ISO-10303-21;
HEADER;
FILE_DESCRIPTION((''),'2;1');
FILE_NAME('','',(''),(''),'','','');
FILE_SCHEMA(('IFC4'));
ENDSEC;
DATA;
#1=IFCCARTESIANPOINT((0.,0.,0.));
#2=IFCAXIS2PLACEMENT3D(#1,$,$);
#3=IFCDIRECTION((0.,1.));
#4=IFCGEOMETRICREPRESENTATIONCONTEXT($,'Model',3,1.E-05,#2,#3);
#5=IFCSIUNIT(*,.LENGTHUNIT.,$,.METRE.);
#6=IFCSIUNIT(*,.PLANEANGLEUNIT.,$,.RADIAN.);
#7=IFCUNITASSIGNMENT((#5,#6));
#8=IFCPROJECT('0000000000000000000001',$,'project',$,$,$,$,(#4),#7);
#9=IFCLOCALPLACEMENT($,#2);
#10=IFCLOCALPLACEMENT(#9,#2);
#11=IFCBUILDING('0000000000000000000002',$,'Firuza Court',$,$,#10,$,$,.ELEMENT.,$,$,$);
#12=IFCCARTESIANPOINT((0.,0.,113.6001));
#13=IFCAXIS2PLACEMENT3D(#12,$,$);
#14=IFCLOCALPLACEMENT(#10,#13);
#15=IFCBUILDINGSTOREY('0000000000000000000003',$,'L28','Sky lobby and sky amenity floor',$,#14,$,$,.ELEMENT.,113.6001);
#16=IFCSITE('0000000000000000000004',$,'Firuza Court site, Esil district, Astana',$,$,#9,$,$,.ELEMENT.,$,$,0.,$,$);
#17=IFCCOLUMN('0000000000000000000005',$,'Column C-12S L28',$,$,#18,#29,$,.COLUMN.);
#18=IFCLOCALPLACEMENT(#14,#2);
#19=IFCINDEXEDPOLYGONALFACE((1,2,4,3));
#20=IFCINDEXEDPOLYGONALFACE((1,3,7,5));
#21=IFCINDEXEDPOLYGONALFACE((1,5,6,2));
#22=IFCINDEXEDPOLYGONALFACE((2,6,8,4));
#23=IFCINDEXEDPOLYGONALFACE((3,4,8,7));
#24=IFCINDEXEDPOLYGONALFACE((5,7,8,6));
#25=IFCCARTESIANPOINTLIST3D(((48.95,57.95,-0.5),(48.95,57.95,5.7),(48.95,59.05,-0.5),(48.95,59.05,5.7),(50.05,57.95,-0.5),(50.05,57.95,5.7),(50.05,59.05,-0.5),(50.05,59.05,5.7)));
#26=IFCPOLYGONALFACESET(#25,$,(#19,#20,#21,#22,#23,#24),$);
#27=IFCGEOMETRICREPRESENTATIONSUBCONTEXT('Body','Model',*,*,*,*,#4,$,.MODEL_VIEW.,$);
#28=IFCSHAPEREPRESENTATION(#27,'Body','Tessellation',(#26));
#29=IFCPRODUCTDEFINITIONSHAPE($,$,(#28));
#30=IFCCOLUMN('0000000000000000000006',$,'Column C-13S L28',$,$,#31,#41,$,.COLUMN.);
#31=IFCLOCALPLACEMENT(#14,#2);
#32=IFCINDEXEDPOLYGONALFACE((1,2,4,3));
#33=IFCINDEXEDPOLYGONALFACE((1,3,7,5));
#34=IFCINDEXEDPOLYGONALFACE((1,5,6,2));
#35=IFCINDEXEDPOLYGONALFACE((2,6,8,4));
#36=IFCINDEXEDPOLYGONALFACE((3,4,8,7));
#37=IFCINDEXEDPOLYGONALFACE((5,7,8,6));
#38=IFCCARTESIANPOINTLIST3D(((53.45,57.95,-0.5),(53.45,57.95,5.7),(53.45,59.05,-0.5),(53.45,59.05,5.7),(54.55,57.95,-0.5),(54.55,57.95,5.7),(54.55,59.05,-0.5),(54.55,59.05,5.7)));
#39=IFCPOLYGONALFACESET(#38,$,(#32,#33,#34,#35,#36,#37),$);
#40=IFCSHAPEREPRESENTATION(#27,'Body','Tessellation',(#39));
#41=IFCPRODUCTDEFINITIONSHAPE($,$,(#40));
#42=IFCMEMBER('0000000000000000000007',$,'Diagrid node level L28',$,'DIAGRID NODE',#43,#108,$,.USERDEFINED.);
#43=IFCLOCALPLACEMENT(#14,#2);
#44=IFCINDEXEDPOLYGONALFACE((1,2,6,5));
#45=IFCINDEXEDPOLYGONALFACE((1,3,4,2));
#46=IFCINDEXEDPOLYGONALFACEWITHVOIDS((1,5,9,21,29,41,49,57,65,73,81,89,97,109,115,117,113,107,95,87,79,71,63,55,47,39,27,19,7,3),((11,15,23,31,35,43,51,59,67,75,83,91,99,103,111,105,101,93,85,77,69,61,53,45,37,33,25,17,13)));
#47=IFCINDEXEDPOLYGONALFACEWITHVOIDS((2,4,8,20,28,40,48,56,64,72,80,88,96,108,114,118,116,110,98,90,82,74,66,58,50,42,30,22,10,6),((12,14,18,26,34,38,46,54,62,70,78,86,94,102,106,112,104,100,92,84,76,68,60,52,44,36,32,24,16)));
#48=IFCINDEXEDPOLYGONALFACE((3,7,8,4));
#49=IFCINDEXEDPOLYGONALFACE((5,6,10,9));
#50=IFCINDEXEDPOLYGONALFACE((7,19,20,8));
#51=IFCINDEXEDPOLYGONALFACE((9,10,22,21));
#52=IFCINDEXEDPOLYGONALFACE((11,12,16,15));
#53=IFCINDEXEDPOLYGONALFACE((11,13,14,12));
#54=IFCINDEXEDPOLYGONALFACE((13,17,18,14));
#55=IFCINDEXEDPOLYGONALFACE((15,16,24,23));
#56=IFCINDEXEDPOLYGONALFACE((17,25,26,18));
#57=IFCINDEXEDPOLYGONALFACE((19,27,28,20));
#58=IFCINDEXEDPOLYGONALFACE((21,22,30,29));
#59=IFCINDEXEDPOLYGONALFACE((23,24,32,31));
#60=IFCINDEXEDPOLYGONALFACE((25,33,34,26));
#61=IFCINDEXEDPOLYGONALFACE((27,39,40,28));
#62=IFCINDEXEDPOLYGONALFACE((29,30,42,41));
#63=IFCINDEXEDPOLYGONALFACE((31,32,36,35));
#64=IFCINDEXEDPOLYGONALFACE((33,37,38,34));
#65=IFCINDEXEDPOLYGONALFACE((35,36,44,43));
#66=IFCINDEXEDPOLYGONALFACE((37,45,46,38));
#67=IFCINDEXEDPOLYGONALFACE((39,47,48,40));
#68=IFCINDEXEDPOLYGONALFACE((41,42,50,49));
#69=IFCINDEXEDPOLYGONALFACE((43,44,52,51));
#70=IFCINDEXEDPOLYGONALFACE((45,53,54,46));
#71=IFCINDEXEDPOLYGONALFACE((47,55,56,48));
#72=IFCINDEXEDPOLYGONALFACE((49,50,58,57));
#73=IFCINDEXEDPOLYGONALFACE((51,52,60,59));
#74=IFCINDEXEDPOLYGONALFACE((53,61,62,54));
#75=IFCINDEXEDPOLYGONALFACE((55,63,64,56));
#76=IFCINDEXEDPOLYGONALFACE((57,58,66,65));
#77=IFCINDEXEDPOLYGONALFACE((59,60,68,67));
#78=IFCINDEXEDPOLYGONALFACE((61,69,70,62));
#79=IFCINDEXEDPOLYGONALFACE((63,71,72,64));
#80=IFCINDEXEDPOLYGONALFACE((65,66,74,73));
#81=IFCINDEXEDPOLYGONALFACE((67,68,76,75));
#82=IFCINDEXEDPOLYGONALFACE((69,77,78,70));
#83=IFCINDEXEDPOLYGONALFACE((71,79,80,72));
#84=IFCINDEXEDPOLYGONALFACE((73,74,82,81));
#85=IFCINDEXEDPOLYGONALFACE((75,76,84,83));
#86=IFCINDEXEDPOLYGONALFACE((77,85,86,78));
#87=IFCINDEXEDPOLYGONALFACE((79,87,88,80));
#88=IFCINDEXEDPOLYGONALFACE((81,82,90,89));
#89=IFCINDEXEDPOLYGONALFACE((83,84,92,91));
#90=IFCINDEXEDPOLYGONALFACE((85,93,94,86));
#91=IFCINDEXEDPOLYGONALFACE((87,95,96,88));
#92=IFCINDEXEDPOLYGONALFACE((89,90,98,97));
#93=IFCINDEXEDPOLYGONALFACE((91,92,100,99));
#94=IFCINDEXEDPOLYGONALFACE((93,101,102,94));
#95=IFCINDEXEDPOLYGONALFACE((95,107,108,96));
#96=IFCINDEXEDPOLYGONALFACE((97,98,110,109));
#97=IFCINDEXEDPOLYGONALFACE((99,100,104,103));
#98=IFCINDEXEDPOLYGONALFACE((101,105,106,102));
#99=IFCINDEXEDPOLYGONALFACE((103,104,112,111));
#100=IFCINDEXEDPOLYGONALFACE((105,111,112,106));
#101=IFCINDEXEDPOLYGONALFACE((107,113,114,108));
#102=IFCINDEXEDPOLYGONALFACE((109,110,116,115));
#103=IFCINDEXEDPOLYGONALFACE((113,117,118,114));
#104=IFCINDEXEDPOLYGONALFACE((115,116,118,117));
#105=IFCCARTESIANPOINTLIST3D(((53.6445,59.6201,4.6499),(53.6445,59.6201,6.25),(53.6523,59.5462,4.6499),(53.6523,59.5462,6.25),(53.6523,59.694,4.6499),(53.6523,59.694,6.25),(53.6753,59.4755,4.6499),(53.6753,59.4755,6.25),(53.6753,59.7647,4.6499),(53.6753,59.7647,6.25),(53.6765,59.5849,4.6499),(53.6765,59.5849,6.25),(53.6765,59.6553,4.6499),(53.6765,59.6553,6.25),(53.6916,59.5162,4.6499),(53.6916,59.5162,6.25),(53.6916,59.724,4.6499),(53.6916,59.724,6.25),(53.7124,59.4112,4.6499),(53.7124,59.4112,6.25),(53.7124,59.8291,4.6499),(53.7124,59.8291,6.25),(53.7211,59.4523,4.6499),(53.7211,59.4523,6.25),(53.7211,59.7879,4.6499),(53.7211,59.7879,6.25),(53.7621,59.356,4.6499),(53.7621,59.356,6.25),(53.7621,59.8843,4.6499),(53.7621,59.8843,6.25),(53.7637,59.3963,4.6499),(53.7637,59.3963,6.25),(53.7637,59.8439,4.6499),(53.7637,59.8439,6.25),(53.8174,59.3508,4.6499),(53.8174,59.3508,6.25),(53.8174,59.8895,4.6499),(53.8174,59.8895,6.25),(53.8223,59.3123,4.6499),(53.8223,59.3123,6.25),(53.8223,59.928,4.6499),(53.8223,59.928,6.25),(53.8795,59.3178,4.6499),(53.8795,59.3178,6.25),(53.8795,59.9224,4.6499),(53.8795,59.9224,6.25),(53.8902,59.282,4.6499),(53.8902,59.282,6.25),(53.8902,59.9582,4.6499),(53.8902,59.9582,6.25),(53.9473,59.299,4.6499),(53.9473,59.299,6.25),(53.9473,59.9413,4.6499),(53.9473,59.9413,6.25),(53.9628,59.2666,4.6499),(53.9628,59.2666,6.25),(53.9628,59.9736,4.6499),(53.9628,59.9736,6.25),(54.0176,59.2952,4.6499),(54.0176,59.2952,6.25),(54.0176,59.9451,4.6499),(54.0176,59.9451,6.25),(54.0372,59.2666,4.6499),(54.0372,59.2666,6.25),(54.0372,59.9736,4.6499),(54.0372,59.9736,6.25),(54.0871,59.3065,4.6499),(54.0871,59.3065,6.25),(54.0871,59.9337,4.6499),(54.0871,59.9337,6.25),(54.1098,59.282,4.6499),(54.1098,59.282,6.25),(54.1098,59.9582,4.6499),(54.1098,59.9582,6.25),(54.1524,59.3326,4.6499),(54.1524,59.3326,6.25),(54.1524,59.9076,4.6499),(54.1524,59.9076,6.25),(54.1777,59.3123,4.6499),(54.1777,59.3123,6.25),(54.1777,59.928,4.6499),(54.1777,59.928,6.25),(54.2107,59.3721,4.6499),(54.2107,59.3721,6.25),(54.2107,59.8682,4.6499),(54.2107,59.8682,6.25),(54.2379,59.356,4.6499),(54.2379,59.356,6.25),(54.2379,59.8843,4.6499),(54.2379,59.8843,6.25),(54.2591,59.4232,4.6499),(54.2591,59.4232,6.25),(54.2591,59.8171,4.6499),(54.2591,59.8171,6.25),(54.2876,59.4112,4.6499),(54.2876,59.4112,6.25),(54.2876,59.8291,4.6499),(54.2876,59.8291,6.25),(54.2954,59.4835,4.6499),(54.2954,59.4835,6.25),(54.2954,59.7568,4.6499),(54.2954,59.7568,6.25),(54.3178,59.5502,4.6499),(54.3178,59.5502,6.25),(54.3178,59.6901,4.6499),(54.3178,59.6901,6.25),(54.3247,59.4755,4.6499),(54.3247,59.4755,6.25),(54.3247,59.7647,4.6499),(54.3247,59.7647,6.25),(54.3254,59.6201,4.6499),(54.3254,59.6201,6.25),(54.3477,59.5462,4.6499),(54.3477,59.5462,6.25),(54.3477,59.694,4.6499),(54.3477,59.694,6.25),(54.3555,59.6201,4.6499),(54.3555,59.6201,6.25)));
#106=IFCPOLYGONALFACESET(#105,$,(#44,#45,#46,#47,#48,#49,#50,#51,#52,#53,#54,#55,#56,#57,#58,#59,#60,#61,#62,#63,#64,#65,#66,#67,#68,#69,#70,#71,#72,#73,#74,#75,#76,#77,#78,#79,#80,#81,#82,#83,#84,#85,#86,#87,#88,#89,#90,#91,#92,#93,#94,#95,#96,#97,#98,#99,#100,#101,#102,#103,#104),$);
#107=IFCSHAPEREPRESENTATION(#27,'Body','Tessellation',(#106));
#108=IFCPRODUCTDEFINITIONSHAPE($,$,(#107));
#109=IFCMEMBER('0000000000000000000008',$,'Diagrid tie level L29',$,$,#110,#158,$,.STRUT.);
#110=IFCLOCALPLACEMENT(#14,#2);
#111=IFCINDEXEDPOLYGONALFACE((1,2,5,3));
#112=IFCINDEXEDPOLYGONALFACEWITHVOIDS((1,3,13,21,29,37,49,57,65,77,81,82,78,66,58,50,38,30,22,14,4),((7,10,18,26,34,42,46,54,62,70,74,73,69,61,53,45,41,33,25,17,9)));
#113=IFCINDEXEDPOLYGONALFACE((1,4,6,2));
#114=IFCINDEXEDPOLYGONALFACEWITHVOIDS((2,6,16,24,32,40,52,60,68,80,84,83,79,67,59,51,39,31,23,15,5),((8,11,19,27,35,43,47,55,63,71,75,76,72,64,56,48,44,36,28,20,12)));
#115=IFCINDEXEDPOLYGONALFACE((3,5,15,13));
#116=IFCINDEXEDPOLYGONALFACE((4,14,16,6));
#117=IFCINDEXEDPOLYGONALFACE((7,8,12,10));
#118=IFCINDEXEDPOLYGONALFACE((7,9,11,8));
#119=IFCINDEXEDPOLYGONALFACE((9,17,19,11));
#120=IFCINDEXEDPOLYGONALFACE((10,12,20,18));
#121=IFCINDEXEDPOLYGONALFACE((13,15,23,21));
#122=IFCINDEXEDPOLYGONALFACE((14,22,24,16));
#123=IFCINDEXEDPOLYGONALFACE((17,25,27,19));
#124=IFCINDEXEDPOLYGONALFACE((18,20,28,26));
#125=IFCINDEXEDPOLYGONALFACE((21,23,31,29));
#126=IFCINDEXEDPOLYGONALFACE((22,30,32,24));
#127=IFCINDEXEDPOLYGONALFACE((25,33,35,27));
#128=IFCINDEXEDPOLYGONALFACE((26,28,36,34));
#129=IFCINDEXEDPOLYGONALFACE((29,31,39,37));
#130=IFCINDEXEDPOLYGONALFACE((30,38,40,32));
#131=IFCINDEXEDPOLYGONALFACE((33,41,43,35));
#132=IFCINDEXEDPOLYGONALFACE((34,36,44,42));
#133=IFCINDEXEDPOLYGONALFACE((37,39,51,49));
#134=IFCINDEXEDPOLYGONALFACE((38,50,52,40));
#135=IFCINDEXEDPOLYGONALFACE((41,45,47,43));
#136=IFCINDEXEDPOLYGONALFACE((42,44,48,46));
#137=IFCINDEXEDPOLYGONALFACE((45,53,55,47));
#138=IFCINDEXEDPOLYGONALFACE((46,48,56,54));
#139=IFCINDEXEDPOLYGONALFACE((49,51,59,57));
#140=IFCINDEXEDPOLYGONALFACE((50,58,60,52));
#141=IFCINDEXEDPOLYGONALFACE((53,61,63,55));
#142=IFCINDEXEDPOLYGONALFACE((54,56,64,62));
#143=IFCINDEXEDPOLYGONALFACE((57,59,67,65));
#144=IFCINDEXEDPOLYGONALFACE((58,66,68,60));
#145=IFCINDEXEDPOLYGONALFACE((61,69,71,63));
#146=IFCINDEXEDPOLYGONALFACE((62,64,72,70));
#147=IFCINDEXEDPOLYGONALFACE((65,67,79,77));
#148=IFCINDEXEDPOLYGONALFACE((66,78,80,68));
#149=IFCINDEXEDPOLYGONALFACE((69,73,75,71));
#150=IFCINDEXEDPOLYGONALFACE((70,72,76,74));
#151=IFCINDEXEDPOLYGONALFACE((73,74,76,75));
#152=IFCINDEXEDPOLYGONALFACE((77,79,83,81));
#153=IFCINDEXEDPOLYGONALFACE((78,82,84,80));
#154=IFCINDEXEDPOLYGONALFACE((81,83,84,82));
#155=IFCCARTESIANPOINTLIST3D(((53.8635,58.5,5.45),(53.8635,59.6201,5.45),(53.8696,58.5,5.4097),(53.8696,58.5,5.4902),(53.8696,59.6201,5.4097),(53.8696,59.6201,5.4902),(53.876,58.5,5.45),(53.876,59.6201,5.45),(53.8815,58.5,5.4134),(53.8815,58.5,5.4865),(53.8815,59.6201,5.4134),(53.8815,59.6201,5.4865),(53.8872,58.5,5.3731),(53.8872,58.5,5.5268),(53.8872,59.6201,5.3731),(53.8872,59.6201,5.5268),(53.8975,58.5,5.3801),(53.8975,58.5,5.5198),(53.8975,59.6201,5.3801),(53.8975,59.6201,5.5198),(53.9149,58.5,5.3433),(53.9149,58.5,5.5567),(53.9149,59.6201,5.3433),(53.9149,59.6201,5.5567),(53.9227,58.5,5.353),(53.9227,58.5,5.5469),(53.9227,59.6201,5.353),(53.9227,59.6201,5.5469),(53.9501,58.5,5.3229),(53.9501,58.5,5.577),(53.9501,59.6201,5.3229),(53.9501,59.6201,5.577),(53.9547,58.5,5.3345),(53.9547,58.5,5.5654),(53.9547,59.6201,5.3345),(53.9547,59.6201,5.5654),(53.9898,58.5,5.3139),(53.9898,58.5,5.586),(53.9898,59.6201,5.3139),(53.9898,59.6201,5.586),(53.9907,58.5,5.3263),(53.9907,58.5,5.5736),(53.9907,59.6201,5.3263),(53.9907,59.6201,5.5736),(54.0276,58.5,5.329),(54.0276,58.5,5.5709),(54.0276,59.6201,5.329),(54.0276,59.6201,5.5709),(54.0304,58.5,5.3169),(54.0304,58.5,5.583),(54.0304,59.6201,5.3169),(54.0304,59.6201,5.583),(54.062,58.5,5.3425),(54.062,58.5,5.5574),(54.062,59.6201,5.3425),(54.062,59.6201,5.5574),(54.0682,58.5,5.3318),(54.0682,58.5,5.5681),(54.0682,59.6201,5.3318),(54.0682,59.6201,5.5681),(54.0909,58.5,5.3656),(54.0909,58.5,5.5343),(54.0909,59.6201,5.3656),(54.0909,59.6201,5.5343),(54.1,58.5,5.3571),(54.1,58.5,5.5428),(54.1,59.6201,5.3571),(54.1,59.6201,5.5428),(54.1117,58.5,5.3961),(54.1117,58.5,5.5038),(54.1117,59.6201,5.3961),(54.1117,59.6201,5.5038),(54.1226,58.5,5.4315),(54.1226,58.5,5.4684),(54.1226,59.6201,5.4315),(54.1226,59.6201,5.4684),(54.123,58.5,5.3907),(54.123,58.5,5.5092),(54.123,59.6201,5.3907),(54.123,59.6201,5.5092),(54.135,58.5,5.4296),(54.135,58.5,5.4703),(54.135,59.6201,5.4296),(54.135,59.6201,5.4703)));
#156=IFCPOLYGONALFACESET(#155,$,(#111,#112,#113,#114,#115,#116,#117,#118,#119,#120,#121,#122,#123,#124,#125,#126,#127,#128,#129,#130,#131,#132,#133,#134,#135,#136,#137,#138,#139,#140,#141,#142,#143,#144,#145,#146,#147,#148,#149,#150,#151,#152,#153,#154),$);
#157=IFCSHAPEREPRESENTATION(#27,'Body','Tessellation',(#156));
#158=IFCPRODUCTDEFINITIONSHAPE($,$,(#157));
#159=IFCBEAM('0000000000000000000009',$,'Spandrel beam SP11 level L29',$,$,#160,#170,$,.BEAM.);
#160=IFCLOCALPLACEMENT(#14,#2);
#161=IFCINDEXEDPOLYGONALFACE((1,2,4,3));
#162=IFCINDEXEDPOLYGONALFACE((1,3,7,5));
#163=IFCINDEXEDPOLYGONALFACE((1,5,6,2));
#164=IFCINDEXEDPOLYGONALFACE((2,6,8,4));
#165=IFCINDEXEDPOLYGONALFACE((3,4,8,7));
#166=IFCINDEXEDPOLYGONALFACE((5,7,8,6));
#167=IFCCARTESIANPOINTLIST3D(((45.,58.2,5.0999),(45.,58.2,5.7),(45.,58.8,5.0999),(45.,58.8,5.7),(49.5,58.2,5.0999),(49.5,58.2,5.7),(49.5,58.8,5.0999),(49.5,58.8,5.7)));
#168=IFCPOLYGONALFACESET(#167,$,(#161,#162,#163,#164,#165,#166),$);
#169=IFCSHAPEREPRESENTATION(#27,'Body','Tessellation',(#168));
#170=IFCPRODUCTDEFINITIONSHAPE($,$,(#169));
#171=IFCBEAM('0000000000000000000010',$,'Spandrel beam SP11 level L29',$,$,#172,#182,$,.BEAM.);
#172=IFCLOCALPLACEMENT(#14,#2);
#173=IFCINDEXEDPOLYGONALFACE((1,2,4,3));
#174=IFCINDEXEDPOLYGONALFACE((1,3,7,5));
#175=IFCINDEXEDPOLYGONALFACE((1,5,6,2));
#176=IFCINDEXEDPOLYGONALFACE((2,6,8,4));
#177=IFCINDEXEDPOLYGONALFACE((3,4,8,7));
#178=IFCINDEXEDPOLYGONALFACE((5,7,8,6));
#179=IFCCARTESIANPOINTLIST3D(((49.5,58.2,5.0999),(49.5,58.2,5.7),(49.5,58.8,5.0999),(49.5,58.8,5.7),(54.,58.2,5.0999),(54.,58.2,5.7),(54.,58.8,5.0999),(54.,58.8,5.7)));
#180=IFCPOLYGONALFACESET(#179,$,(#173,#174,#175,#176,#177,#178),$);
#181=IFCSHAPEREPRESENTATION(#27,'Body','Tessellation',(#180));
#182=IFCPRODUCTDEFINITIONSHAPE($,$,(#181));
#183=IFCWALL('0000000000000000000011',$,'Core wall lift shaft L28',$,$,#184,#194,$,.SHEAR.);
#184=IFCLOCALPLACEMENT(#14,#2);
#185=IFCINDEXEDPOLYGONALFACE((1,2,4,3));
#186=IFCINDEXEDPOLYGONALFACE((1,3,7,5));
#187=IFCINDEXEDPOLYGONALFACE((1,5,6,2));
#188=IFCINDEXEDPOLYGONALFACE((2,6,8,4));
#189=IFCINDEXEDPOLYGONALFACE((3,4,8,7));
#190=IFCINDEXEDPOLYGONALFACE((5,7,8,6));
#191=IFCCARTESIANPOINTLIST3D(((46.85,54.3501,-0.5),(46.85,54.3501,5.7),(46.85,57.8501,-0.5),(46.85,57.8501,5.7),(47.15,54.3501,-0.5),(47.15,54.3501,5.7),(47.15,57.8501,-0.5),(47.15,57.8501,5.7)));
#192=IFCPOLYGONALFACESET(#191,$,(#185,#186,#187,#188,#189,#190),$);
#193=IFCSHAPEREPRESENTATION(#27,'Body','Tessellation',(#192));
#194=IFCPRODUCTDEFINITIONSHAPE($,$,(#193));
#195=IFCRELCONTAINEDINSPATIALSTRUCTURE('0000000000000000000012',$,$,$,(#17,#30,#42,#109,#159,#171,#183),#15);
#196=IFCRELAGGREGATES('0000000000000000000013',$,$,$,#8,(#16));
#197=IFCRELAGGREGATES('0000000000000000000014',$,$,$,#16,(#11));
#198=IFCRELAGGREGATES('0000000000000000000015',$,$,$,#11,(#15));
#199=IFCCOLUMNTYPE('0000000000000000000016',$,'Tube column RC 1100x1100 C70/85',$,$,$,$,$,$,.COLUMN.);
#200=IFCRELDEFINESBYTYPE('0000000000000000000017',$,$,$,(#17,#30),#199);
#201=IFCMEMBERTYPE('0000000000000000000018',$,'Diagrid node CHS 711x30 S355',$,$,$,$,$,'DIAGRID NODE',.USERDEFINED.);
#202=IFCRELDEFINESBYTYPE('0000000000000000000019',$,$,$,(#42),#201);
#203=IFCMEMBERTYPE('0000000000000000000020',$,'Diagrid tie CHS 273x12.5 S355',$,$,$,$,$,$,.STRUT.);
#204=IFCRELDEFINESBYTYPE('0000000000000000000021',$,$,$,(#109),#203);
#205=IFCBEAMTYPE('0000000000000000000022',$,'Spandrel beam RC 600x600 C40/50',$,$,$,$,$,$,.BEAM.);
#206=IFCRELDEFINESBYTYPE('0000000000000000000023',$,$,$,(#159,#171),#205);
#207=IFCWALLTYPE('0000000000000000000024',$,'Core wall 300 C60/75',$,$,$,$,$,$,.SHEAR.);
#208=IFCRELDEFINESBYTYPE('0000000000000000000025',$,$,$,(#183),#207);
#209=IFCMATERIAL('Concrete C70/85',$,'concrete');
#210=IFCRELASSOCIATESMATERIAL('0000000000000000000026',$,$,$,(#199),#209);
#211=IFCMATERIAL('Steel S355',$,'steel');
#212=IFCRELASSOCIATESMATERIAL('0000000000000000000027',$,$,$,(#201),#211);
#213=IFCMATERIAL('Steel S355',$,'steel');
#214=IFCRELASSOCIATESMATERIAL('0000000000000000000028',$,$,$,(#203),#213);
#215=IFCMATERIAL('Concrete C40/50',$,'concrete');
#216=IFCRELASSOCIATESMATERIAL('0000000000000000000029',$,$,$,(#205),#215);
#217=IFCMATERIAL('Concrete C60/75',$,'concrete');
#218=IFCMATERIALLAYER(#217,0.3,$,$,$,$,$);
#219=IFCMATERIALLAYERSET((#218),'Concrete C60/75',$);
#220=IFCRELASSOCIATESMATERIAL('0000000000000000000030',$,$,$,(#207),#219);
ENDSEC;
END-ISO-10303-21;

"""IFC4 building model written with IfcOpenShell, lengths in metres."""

from ifc_helpers import new_model, si_unit, direction, frame, frame_2d, origin, origin_2d, place, context, subcontext, project, spatial, rectangle, hollow_circle, extrude, material, layer, layer_set, material_profile, profile_set, type_object, element, save


model = new_model("IFC4")

# Units and contexts
model_context = context("Model", 3, precision=1e-05, world=origin(), true_north=direction((0.0, 1.0)))
body_context = subcontext(model_context, "Body", "Model", "MODEL_VIEW")
ifc_project = project(units=[si_unit("LENGTHUNIT", "METRE"), si_unit("PLANEANGLEUNIT", "RADIAN")], contexts=[model_context])

# Site, building, storey
site_placement = place(None, origin())
site = spatial("IfcSite", under=ifc_project, at=site_placement, Name="Firuza Court site, Esil district, Astana", CompositionType="ELEMENT", RefElevation=0.0)
building_placement = place(site_placement, origin())
building = spatial("IfcBuilding", under=site, at=building_placement, Name="Firuza Court", CompositionType="ELEMENT")
storey_placement = place(building_placement, frame((0.0, 0.0, 113.6001)))
storey = spatial("IfcBuildingStorey", under=building, at=storey_placement, Name="L28", Description="Sky lobby and sky amenity floor", CompositionType="ELEMENT", Elevation=113.6001)

# Columns
ifc_material_1 = material(Name="Concrete C70/85", Category="concrete")
ifc_material_profile_1 = material_profile(ifc_material_1, rectangle(XDim=1.1001, YDim=1.1001, at=origin_2d()), Name="RC 1100x1100")
ifc_profile_set_1 = profile_set([ifc_material_profile_1], Name="Concrete C70/85")
column_type = type_object("IfcColumnType", Name="Tube column RC 1100x1100 C70/85", PredefinedType="COLUMN", material=ifc_profile_set_1)
for number, where, z_axis, x_axis, name in (
    (1, (49.5, 58.5, -0.5), (0.0, 0.0, 1.0), (1.0, 0.0, 0.0), "Column C-12S L28"),
    (2, (54.0, 58.5, -0.5), (0.0, 0.0, 1.0), (1.0, 0.0, 0.0), "Column C-13S L28"),
):
    element("IfcColumn", number, at=place(storey_placement, frame(where, z_axis=z_axis, x_axis=x_axis)), inside=storey, type_object=column_type, Name=name, PredefinedType="COLUMN", context=body_context, shape_type="SweptSolid", body=[
        extrude(rectangle(XDim=1.1001, YDim=1.1001, at=origin_2d()), origin(), (0.0, 0.0, 1.0), 6.2),
    ])

# Members
ifc_material_2 = material(Name="Steel S355", Category="steel")
ifc_material_profile_2 = material_profile(ifc_material_2, hollow_circle(Radius=0.3555, WallThickness=0.03, at=origin_2d()), Name="CHS 711x30")
ifc_profile_set_2 = profile_set([ifc_material_profile_2], Name="Steel S355")
member_type_1 = type_object("IfcMemberType", Name="Diagrid node CHS 711x30 S355", ElementType="DIAGRID NODE", PredefinedType="USERDEFINED", material=ifc_profile_set_2)
member_1_placement = place(storey_placement, frame((54.0, 59.6201, 4.6499), z_axis=(0.0, 0.0, 1.0), x_axis=(1.0, 0.0, 0.0)))
element("IfcMember", 3, at=member_1_placement, inside=storey, type_object=member_type_1, Name="Diagrid node level L28", ObjectType="DIAGRID NODE", PredefinedType="USERDEFINED", context=body_context, shape_type="SweptSolid", body=[
    extrude(hollow_circle(Radius=0.3555, WallThickness=0.03, at=origin_2d()), origin(), (0.0, 0.0, 1.0), 1.6001),
])
ifc_material_3 = material(Name="Steel S355", Category="steel")
ifc_material_profile_3 = material_profile(ifc_material_3, hollow_circle(Radius=0.1365, WallThickness=0.0125, at=origin_2d()), Name="CHS 273x12.5")
ifc_profile_set_3 = profile_set([ifc_material_profile_3], Name="Steel S355")
member_type_2 = type_object("IfcMemberType", Name="Diagrid tie CHS 273x12.5 S355", PredefinedType="STRUT", material=ifc_profile_set_3)
member_2_placement = place(storey_placement, frame((54.0, 58.5, 5.45), z_axis=(0.0, 1.0, 0.0), x_axis=(-1.0, 0.0, 0.0)))
element("IfcMember", 4, at=member_2_placement, inside=storey, type_object=member_type_2, Name="Diagrid tie level L29", PredefinedType="STRUT", context=body_context, shape_type="SweptSolid", body=[
    extrude(hollow_circle(Radius=0.1365, WallThickness=0.0125, at=origin_2d()), origin(), (0.0, 0.0, 1.0), 1.1201),
])

# Beams
ifc_material_4 = material(Name="Concrete C40/50", Category="concrete")
ifc_material_profile_4 = material_profile(ifc_material_4, rectangle(XDim=0.6001, YDim=0.6001, at=origin_2d()), Name="RC 600x600")
ifc_profile_set_4 = profile_set([ifc_material_profile_4], Name="Concrete C40/50")
beam_type = type_object("IfcBeamType", Name="Spandrel beam RC 600x600 C40/50", PredefinedType="BEAM", material=ifc_profile_set_4)
for number, where, z_axis, x_axis, name in (
    (5, (49.5, 58.5, 5.3999), (-1.0, 0.0, 0.0), (0.0, -1.0, 0.0), "Spandrel beam SP11 level L29"),
    (6, (54.0, 58.5, 5.3999), (-1.0, 0.0, 0.0), (0.0, -1.0, 0.0), "Spandrel beam SP11 level L29"),
):
    element("IfcBeam", number, at=place(storey_placement, frame(where, z_axis=z_axis, x_axis=x_axis)), inside=storey, type_object=beam_type, Name=name, PredefinedType="BEAM", context=body_context, shape_type="SweptSolid", body=[
        extrude(rectangle(XDim=0.6001, YDim=0.6001, at=origin_2d()), origin(), (0.0, 0.0, 1.0), 4.5),
    ])

# Wall
ifc_material_5 = material(Name="Concrete C60/75", Category="concrete")
ifc_layer_1 = layer(ifc_material_5, 0.3)
ifc_layer_set_1 = layer_set([ifc_layer_1], Name="Concrete C60/75")
wall_type_1 = type_object("IfcWallType", Name="Core wall 300 C60/75", PredefinedType="SHEAR", material=ifc_layer_set_1)
wall_1_placement = place(storey_placement, frame((47.0, 54.3501, -0.5), z_axis=(0.0, 0.0, 1.0), x_axis=(0.0, 1.0, 0.0)))
element("IfcWall", 7, at=wall_1_placement, inside=storey, type_object=wall_type_1, Name="Core wall lift shaft L28", PredefinedType="SHEAR", context=body_context, shape_type="SweptSolid", body=[
    extrude(rectangle(XDim=3.5, YDim=0.3, at=frame_2d((1.75, 0.0))), origin(), (0.0, 0.0, 1.0), 6.2),
])

save(model, "model.ifc")
